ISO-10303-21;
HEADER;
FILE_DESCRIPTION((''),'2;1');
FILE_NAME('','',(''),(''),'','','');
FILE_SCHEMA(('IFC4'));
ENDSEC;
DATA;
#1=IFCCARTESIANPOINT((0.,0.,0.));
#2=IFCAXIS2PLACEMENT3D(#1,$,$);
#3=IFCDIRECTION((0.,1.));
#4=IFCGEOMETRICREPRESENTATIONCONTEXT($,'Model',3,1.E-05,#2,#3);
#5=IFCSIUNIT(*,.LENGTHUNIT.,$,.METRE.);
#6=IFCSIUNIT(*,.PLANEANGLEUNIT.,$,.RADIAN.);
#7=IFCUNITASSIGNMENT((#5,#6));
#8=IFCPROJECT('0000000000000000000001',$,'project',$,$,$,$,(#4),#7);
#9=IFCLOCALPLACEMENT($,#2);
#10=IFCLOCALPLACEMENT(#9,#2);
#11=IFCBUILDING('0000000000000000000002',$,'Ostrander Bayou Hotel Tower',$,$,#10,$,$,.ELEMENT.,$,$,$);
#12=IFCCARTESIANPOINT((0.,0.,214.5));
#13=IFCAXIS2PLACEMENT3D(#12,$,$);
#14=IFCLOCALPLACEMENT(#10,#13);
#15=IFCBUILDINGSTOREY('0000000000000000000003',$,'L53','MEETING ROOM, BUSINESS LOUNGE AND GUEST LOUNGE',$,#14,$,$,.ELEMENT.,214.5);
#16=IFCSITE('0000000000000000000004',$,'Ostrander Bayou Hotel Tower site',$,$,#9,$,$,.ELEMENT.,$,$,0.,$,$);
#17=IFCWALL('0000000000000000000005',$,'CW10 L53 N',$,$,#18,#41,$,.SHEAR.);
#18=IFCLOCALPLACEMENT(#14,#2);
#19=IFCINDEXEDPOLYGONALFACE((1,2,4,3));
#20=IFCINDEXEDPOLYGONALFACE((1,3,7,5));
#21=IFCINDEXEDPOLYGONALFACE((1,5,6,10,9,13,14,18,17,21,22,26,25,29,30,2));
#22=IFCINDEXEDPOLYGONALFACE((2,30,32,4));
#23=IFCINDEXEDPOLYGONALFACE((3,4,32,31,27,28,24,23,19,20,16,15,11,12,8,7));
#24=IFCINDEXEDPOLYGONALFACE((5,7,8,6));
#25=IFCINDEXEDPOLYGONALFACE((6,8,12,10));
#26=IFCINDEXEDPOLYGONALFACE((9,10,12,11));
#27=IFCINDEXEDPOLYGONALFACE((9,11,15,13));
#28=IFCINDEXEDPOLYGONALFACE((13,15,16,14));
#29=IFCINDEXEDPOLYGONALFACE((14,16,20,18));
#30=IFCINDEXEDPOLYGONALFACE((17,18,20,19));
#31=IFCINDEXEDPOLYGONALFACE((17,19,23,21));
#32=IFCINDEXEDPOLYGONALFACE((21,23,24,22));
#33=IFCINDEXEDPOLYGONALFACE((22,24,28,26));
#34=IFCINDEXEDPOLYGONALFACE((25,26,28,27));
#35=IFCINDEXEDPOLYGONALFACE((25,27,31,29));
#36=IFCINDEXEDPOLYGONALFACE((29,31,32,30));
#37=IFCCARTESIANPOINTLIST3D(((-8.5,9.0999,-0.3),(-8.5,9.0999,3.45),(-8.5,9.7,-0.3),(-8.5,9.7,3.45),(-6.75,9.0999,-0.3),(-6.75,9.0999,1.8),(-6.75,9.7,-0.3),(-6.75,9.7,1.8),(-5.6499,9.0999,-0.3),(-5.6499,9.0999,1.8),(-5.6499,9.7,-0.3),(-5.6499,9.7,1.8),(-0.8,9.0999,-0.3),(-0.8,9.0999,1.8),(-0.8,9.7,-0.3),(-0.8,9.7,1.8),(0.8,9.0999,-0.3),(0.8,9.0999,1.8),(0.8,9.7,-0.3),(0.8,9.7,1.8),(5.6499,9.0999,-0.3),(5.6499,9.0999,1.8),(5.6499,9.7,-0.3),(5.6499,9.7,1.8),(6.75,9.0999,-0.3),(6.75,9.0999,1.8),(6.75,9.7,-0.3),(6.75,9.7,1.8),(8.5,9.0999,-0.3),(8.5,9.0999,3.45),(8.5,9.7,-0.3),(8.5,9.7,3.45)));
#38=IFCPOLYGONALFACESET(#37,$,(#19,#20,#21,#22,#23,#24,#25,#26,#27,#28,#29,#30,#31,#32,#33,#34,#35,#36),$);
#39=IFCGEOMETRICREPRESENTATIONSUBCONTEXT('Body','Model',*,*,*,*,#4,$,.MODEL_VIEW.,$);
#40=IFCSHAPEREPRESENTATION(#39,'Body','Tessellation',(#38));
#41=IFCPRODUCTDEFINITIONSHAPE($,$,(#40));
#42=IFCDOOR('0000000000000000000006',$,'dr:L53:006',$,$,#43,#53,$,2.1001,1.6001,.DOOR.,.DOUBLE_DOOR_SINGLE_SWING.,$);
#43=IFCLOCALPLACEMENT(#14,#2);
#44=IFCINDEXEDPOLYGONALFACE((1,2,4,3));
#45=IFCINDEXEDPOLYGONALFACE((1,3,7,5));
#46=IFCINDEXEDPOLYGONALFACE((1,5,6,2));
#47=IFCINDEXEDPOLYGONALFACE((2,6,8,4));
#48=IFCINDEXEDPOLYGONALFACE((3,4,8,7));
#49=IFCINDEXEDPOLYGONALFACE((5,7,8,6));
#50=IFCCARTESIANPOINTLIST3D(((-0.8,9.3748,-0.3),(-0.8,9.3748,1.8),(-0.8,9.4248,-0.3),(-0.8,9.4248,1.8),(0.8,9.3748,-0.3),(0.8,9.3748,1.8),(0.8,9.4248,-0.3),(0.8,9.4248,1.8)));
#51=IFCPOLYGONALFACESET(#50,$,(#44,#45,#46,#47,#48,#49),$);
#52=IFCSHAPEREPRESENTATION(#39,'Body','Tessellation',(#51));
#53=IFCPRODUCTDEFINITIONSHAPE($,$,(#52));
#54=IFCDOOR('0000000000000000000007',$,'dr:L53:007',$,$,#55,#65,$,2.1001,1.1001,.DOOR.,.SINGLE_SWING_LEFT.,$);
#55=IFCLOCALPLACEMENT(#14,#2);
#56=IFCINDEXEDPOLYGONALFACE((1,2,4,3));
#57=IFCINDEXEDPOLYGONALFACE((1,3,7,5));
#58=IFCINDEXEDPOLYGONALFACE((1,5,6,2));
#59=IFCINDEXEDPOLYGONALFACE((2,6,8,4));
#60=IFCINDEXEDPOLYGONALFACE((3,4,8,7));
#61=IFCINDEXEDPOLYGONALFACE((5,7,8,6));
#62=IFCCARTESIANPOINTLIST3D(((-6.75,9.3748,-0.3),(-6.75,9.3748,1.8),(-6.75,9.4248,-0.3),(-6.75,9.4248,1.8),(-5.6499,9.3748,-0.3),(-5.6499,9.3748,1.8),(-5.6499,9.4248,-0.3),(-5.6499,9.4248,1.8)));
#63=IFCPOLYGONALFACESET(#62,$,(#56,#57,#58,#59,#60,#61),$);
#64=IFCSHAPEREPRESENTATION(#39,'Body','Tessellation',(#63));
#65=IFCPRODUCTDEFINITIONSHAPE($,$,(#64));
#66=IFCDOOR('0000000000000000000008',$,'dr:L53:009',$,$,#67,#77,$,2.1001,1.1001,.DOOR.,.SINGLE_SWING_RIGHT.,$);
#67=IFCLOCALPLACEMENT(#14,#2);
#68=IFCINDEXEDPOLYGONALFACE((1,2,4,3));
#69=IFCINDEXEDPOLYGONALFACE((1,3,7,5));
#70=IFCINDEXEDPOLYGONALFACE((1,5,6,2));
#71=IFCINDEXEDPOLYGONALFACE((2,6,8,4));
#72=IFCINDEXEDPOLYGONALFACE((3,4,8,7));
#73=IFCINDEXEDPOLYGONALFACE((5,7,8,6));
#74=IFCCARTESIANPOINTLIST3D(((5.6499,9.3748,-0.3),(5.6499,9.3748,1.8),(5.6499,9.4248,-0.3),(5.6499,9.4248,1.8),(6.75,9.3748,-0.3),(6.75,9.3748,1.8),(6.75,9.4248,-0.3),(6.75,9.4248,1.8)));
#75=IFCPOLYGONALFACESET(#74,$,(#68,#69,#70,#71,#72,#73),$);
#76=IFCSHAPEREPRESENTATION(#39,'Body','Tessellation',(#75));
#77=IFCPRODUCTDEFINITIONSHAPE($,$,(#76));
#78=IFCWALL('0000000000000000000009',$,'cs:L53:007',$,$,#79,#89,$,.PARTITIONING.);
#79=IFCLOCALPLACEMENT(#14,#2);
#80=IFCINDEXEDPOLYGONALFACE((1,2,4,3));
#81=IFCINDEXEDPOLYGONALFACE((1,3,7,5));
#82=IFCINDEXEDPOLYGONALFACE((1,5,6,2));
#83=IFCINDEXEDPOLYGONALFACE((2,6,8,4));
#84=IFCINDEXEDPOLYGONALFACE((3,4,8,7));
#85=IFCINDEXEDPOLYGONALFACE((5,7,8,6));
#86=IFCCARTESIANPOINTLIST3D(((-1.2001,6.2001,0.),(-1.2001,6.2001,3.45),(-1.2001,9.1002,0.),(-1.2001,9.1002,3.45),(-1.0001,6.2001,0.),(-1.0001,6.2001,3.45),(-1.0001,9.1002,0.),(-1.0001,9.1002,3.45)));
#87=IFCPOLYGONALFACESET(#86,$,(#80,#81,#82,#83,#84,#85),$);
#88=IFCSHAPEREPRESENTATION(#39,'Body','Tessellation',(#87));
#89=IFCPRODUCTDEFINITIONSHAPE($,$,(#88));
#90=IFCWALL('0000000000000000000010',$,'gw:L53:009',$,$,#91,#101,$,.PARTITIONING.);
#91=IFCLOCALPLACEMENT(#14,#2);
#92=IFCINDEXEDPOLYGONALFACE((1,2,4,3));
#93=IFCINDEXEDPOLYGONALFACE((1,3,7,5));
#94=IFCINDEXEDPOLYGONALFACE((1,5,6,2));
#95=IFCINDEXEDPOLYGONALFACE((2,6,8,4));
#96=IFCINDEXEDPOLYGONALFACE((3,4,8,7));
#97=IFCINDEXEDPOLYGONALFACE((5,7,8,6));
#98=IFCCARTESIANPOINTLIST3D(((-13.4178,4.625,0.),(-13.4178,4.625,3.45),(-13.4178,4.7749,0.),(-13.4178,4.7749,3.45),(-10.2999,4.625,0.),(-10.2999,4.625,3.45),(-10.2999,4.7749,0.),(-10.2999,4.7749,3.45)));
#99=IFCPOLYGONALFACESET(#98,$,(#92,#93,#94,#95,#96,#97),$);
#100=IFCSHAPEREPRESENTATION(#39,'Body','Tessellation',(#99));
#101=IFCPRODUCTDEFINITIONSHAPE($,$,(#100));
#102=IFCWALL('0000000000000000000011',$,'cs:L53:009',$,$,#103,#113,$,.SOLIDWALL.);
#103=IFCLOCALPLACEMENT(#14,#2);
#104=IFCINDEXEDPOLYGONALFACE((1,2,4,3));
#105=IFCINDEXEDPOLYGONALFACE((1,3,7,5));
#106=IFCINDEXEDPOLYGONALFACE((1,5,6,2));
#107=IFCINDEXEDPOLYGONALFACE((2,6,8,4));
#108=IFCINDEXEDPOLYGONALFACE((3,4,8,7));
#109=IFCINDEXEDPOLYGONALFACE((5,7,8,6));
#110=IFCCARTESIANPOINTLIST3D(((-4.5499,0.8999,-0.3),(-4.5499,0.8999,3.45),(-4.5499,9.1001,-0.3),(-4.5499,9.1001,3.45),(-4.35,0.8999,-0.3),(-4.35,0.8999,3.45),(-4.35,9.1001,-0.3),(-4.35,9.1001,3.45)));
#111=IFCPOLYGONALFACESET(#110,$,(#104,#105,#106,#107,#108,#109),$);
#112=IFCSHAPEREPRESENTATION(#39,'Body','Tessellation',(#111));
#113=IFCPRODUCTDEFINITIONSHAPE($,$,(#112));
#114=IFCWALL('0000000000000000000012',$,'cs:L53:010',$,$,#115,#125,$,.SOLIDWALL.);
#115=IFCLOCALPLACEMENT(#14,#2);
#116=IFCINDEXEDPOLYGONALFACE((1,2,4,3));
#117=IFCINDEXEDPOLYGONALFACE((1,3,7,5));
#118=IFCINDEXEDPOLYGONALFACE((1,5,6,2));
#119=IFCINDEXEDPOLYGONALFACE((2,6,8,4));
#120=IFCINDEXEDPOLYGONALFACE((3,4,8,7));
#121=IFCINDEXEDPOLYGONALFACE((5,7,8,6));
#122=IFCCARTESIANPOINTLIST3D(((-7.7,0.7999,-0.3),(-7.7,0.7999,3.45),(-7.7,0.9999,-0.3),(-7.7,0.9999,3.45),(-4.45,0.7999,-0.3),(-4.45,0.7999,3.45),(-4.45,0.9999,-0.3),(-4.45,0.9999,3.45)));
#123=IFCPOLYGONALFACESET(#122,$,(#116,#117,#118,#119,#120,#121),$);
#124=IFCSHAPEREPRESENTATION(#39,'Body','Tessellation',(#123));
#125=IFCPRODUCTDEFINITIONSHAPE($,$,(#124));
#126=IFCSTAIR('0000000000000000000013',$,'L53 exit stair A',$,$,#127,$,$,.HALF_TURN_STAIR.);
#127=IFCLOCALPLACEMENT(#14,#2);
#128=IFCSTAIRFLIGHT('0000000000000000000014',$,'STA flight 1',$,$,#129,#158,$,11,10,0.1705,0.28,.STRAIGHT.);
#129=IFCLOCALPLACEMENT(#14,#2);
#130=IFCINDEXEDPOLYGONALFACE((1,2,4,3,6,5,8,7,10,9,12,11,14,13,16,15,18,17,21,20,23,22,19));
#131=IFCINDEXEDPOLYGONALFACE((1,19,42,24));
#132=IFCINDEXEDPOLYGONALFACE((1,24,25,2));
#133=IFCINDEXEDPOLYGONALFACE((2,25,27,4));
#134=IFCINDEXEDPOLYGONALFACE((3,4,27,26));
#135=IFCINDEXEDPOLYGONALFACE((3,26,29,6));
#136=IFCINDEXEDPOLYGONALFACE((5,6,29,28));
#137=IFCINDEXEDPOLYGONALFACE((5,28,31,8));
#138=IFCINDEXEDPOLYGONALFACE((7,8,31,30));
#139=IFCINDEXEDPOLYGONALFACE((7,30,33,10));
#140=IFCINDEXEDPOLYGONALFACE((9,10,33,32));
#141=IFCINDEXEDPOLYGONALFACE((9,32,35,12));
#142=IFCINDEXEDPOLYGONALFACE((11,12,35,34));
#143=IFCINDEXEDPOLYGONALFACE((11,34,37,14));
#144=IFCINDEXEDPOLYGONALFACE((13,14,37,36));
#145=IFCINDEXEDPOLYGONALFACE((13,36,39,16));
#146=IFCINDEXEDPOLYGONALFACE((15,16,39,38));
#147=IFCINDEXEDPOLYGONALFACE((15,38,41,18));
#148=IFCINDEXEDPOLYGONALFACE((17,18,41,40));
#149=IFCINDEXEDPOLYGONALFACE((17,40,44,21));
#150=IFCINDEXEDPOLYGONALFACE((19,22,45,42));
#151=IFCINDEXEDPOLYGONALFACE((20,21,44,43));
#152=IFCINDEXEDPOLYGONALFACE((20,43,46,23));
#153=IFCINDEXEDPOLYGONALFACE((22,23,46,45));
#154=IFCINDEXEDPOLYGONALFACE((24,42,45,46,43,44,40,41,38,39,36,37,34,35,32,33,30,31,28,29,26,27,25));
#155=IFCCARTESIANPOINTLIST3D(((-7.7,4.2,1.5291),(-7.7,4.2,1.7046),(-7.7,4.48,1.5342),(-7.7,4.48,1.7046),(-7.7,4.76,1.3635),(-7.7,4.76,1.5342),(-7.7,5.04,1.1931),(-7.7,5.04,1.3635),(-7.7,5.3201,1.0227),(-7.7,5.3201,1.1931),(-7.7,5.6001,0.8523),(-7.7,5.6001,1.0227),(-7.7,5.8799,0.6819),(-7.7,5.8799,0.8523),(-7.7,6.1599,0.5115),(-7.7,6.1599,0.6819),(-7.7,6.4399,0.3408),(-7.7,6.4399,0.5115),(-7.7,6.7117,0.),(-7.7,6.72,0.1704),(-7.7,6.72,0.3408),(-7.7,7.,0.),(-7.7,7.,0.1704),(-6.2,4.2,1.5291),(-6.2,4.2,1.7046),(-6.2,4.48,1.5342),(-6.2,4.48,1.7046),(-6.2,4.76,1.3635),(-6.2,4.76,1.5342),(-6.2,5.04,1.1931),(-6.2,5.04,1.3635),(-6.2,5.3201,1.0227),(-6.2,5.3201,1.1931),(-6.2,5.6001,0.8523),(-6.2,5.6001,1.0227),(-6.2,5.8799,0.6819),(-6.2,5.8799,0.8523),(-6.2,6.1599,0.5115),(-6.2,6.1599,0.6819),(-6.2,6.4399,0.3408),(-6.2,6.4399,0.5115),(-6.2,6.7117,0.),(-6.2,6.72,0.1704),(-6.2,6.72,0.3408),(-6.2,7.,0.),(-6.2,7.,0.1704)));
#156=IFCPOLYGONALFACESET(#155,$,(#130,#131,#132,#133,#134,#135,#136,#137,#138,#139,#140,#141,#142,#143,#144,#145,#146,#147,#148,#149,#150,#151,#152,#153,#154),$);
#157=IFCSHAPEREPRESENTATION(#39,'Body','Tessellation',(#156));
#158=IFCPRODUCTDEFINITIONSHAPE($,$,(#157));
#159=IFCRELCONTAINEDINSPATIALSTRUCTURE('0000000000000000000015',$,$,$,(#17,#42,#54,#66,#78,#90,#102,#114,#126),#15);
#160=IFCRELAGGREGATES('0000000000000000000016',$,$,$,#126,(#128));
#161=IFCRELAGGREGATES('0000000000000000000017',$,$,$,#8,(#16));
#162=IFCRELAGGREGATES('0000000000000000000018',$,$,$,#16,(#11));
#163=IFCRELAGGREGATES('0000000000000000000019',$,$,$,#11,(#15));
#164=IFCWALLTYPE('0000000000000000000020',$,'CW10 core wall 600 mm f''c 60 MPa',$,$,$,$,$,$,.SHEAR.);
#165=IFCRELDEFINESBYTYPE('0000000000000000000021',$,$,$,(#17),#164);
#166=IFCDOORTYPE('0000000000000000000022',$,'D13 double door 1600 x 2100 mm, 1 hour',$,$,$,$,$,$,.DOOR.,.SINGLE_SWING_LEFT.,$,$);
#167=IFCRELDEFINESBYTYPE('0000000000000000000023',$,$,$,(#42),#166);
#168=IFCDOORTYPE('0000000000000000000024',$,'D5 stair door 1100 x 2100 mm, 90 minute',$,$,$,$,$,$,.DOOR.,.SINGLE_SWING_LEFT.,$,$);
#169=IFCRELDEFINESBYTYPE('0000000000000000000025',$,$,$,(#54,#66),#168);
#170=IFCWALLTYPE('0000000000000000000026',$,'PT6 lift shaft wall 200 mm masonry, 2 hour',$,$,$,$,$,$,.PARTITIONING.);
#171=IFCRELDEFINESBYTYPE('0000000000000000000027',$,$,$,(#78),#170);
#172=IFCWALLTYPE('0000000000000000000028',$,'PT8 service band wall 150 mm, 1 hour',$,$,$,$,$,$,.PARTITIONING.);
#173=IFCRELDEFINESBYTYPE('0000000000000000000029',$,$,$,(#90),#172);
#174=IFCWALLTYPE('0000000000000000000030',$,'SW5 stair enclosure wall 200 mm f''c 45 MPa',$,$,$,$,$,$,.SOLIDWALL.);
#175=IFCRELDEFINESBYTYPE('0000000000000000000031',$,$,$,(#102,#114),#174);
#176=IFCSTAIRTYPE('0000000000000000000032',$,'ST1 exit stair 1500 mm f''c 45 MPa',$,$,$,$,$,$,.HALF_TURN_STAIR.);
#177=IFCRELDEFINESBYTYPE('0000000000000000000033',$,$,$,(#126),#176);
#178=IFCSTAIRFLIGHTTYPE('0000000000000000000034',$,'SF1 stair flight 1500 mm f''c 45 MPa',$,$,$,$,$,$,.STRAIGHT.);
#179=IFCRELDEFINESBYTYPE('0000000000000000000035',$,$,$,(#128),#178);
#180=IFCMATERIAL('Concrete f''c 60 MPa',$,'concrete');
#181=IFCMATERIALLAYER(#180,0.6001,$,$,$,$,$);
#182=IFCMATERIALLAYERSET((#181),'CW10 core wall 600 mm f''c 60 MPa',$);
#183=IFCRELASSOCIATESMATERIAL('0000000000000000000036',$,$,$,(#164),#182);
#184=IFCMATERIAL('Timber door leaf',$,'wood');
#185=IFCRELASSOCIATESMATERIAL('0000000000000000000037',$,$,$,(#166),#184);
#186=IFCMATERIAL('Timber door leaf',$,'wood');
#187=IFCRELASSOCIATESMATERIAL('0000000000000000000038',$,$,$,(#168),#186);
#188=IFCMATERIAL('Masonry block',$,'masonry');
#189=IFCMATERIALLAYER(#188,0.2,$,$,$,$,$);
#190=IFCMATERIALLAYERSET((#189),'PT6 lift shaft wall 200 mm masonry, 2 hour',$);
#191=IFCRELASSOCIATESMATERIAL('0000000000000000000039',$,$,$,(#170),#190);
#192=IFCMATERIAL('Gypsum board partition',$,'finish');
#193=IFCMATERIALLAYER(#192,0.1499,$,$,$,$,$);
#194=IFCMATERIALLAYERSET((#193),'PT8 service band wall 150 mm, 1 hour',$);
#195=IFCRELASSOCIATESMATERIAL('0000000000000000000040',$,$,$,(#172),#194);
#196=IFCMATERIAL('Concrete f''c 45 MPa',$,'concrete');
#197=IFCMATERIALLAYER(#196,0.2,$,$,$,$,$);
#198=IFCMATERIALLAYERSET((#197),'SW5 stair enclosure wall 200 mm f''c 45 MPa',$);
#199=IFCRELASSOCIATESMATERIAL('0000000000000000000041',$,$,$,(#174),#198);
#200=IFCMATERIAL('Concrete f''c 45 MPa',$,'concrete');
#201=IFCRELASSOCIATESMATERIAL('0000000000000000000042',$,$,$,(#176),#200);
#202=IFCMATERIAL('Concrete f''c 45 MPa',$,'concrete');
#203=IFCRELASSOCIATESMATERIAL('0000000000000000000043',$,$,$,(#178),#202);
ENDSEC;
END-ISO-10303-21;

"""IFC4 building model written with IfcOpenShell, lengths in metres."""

from ifc_helpers import new_model, si_unit, direction, frame, frame_2d, origin, place, context, subcontext, project, spatial, polyline, rectangle, outline, extrude, material, layer, layer_set, type_object, element, fill, aggregate, save


model = new_model("IFC4")

# Units and contexts
model_context = context("Model", 3, precision=1e-05, world=origin(), true_north=direction((0.0, 1.0)))
body_context = subcontext(model_context, "Body", "Model", "MODEL_VIEW")
ifc_project = project(units=[si_unit("LENGTHUNIT", "METRE"), si_unit("PLANEANGLEUNIT", "RADIAN")], contexts=[model_context])

# Site, building, storey
site_placement = place(None, origin())
site = spatial("IfcSite", under=ifc_project, at=site_placement, Name="Ostrander Bayou Hotel Tower site", CompositionType="ELEMENT", RefElevation=0.0)
building_placement = place(site_placement, origin())
building = spatial("IfcBuilding", under=site, at=building_placement, Name="Ostrander Bayou Hotel Tower", CompositionType="ELEMENT")
storey_placement = place(building_placement, frame((0.0, 0.0, 214.5)))
storey = spatial("IfcBuildingStorey", under=building, at=storey_placement, Name="L53", Description="MEETING ROOM, BUSINESS LOUNGE AND GUEST LOUNGE", CompositionType="ELEMENT", Elevation=214.5)

# Wall, openings, doors
ifc_material_1 = material(Name="Concrete f'c 60 MPa", Category="concrete")
ifc_layer_1 = layer(ifc_material_1, 0.6001)
ifc_layer_set_1 = layer_set([ifc_layer_1], Name="CW10 core wall 600 mm f'c 60 MPa")
wall_type_1 = type_object("IfcWallType", Name="CW10 core wall 600 mm f'c 60 MPa", PredefinedType="SHEAR", material=ifc_layer_set_1)
wall_1_placement = place(storey_placement, frame((-8.5, 9.3999, -0.3), z_axis=(0.0, 0.0, 1.0), x_axis=(1.0, 0.0, 0.0)))
wall_1 = element("IfcWall", 1, at=wall_1_placement, inside=storey, type_object=wall_type_1, Name="CW10 L53 N", PredefinedType="SHEAR", context=body_context, shape_type="SweptSolid", body=[
    extrude(rectangle(XDim=17.0, YDim=0.6001, at=frame_2d((8.5, 0.0))), origin(), (0.0, 0.0, 1.0), 3.75),
])
opening_1_placement = place(wall_1_placement, frame((7.7, 0.0, 0.0)))
opening_1 = element("IfcOpeningElement", 2, at=opening_1_placement, cuts=wall_1, PredefinedType="OPENING", context=body_context, shape_type="SweptSolid", body=[
    extrude(rectangle(XDim=1.6001, YDim=2.1001, at=frame_2d((0.8, 1.05))), frame((0.0, 0.3, 0.0), z_axis=(0.0, -1.0, 0.0), x_axis=(1.0, 0.0, 0.0)), (0.0, 0.0, 1.0), 0.6001),
])
opening_2_placement = place(wall_1_placement, frame((1.75, 0.0, 0.0)))
opening_2 = element("IfcOpeningElement", 3, at=opening_2_placement, cuts=wall_1, PredefinedType="OPENING", context=body_context, shape_type="SweptSolid", body=[
    extrude(rectangle(XDim=1.1001, YDim=2.1001, at=frame_2d((0.55, 1.05))), frame((0.0, 0.3, 0.0), z_axis=(0.0, -1.0, 0.0), x_axis=(1.0, 0.0, 0.0)), (0.0, 0.0, 1.0), 0.6001),
])
opening_3_placement = place(wall_1_placement, frame((14.1499, 0.0, 0.0)))
opening_3 = element("IfcOpeningElement", 4, at=opening_3_placement, cuts=wall_1, PredefinedType="OPENING", context=body_context, shape_type="SweptSolid", body=[
    extrude(rectangle(XDim=1.1001, YDim=2.1001, at=frame_2d((0.55, 1.05))), frame((0.0, 0.3, 0.0), z_axis=(0.0, -1.0, 0.0), x_axis=(1.0, 0.0, 0.0)), (0.0, 0.0, 1.0), 0.6001),
])
ifc_material_2 = material(Name="Timber door leaf", Category="wood")
door_type_1 = type_object("IfcDoorType", Name="D13 double door 1600 x 2100 mm, 1 hour", OperationType="SINGLE_SWING_LEFT", PredefinedType="DOOR", material=ifc_material_2)
door_1_placement = place(opening_1_placement, origin())
door_1 = element("IfcDoor", 5, at=door_1_placement, inside=storey, type_object=door_type_1, Name="dr:L53:006", OperationType="DOUBLE_DOOR_SINGLE_SWING", OverallHeight=2.1001, OverallWidth=1.6001, PredefinedType="DOOR", context=body_context, shape_type="SweptSolid", body=[
    extrude(rectangle(XDim=1.6001, YDim=2.1001, at=frame_2d((0.8, 1.05))), frame((0.0, 0.0249, 0.0), z_axis=(0.0, -1.0, 0.0), x_axis=(1.0, 0.0, 0.0)), (0.0, 0.0, 1.0), 0.05),
])
fill(opening_1, door_1)
ifc_material_3 = material(Name="Timber door leaf", Category="wood")
door_type_2 = type_object("IfcDoorType", Name="D5 stair door 1100 x 2100 mm, 90 minute", OperationType="SINGLE_SWING_LEFT", PredefinedType="DOOR", material=ifc_material_3)
door_2_placement = place(opening_2_placement, origin())
door_2 = element("IfcDoor", 6, at=door_2_placement, inside=storey, type_object=door_type_2, Name="dr:L53:007", OperationType="SINGLE_SWING_LEFT", OverallHeight=2.1001, OverallWidth=1.1001, PredefinedType="DOOR", context=body_context, shape_type="SweptSolid", body=[
    extrude(rectangle(XDim=1.1001, YDim=2.1001, at=frame_2d((0.55, 1.05))), frame((0.0, 0.0249, 0.0), z_axis=(0.0, -1.0, 0.0), x_axis=(1.0, 0.0, 0.0)), (0.0, 0.0, 1.0), 0.05),
])
fill(opening_2, door_2)
door_3_placement = place(opening_3_placement, origin())
door_3 = element("IfcDoor", 7, at=door_3_placement, inside=storey, type_object=door_type_2, Name="dr:L53:009", OperationType="SINGLE_SWING_RIGHT", OverallHeight=2.1001, OverallWidth=1.1001, PredefinedType="DOOR", context=body_context, shape_type="SweptSolid", body=[
    extrude(rectangle(XDim=1.1001, YDim=2.1001, at=frame_2d((0.55, 1.05))), frame((0.0, 0.0249, 0.0), z_axis=(0.0, -1.0, 0.0), x_axis=(1.0, 0.0, 0.0)), (0.0, 0.0, 1.0), 0.05),
])
fill(opening_3, door_3)

# Shared definitions
ifc_material_4 = material(Name="Masonry block", Category="masonry")
ifc_layer_2 = layer(ifc_material_4, 0.2)
ifc_layer_set_2 = layer_set([ifc_layer_2], Name="PT6 lift shaft wall 200 mm masonry, 2 hour")
wall_type_2 = type_object("IfcWallType", Name="PT6 lift shaft wall 200 mm masonry, 2 hour", PredefinedType="PARTITIONING", material=ifc_layer_set_2)

# Walls
wall_2_placement = place(storey_placement, frame((-1.1001, 6.2, 0.0), z_axis=(0.0, 0.0, 1.0), x_axis=(0.0, 1.0, 0.0)))
element("IfcWall", 8, at=wall_2_placement, inside=storey, type_object=wall_type_2, Name="cs:L53:007", PredefinedType="PARTITIONING", context=body_context, shape_type="SweptSolid", body=[
    extrude(rectangle(XDim=2.9001, YDim=0.2, at=frame_2d((1.4502, 0.0))), origin(), (0.0, 0.0, 1.0), 3.45),
])
ifc_material_5 = material(Name="Gypsum board partition", Category="finish")
ifc_layer_3 = layer(ifc_material_5, 0.1499)
ifc_layer_set_3 = layer_set([ifc_layer_3], Name="PT8 service band wall 150 mm, 1 hour")
wall_type_3 = type_object("IfcWallType", Name="PT8 service band wall 150 mm, 1 hour", PredefinedType="PARTITIONING", material=ifc_layer_set_3)
wall_3_placement = place(storey_placement, frame((-13.418, 4.7, 0.0), z_axis=(0.0, 0.0, 1.0), x_axis=(1.0, 0.0, 0.0)))
element("IfcWall", 9, at=wall_3_placement, inside=storey, type_object=wall_type_3, Name="gw:L53:009", PredefinedType="PARTITIONING", context=body_context, shape_type="SweptSolid", body=[
    extrude(rectangle(XDim=3.1179, YDim=0.1499, at=frame_2d((1.5591, 0.0))), origin(), (0.0, 0.0, 1.0), 3.45),
])
ifc_material_6 = material(Name="Concrete f'c 45 MPa", Category="concrete")
ifc_layer_4 = layer(ifc_material_6, 0.2)
ifc_layer_set_4 = layer_set([ifc_layer_4], Name="SW5 stair enclosure wall 200 mm f'c 45 MPa")
wall_type_4 = type_object("IfcWallType", Name="SW5 stair enclosure wall 200 mm f'c 45 MPa", PredefinedType="SOLIDWALL", material=ifc_layer_set_4)
wall_4_placement = place(storey_placement, frame((-4.45, 0.8999, -0.3), z_axis=(0.0, 0.0, 1.0), x_axis=(0.0, 1.0, 0.0)))
element("IfcWall", 10, at=wall_4_placement, inside=storey, type_object=wall_type_4, Name="cs:L53:009", PredefinedType="SOLIDWALL", context=body_context, shape_type="SweptSolid", body=[
    extrude(rectangle(XDim=8.2002, YDim=0.2, at=frame_2d((4.1001, 0.0))), origin(), (0.0, 0.0, 1.0), 3.75),
])
wall_5_placement = place(storey_placement, frame((-7.7, 0.8999, -0.3), z_axis=(0.0, 0.0, 1.0), x_axis=(1.0, 0.0, 0.0)))
element("IfcWall", 11, at=wall_5_placement, inside=storey, type_object=wall_type_4, Name="cs:L53:010", PredefinedType="SOLIDWALL", context=body_context, shape_type="SweptSolid", body=[
    extrude(rectangle(XDim=3.25, YDim=0.2, at=frame_2d((1.625, 0.0))), origin(), (0.0, 0.0, 1.0), 3.75),
])

# Stair, stair flight
ifc_material_7 = material(Name="Concrete f'c 45 MPa", Category="concrete")
stair_type = type_object("IfcStairType", Name="ST1 exit stair 1500 mm f'c 45 MPa", PredefinedType="HALF_TURN_STAIR", material=ifc_material_7)
stair_placement = place(storey_placement, origin())
stair = element("IfcStair", 12, at=stair_placement, inside=storey, type_object=stair_type, Name="L53 exit stair A", PredefinedType="HALF_TURN_STAIR")
ifc_material_8 = material(Name="Concrete f'c 45 MPa", Category="concrete")
stair_flight_type = type_object("IfcStairFlightType", Name="SF1 stair flight 1500 mm f'c 45 MPa", PredefinedType="STRAIGHT", material=ifc_material_8)
stair_flight_1_placement = place(storey_placement, frame((-6.95, 7.0, 0.0), z_axis=(0.0, 0.0, 1.0), x_axis=(0.0, -1.0, 0.0)))
stair_flight_1 = element("IfcStairFlight", 13, at=stair_flight_1_placement, type_object=stair_flight_type, Name="STA flight 1", NumberOfRisers=11, NumberOfTreads=10, PredefinedType="STRAIGHT", RiserHeight=0.1705, TreadLength=0.28, context=body_context, shape_type="SweptSolid", body=[
    extrude(outline(polyline([(0.0, 0.0), (0.0, 0.1704), (0.28, 0.1704), (0.28, 0.3408), (0.5601, 0.3408), (0.5601, 0.5115), (0.8401, 0.5115), (0.8401, 0.6819), (1.1201, 0.6819), (1.1201, 0.8523), (1.3999, 0.8523), (1.3999, 1.0227), (1.6799, 1.0227), (1.6799, 1.1931), (1.96, 1.1931), (1.96, 1.3635), (2.24, 1.3635), (2.24, 1.5342), (2.52, 1.5342), (2.52, 1.7046), (2.8, 1.7046), (2.8, 1.875), (2.8, 1.5291), (0.2883, 0.0), (0.0, 0.0)])), frame((0.0, 0.75, 0.0), z_axis=(0.0, -1.0, 0.0), x_axis=(1.0, 0.0, 0.0)), (0.0, 0.0, 1.0), 1.5),
])
aggregate(stair, [stair_flight_1])

save(model, "model.ifc")
